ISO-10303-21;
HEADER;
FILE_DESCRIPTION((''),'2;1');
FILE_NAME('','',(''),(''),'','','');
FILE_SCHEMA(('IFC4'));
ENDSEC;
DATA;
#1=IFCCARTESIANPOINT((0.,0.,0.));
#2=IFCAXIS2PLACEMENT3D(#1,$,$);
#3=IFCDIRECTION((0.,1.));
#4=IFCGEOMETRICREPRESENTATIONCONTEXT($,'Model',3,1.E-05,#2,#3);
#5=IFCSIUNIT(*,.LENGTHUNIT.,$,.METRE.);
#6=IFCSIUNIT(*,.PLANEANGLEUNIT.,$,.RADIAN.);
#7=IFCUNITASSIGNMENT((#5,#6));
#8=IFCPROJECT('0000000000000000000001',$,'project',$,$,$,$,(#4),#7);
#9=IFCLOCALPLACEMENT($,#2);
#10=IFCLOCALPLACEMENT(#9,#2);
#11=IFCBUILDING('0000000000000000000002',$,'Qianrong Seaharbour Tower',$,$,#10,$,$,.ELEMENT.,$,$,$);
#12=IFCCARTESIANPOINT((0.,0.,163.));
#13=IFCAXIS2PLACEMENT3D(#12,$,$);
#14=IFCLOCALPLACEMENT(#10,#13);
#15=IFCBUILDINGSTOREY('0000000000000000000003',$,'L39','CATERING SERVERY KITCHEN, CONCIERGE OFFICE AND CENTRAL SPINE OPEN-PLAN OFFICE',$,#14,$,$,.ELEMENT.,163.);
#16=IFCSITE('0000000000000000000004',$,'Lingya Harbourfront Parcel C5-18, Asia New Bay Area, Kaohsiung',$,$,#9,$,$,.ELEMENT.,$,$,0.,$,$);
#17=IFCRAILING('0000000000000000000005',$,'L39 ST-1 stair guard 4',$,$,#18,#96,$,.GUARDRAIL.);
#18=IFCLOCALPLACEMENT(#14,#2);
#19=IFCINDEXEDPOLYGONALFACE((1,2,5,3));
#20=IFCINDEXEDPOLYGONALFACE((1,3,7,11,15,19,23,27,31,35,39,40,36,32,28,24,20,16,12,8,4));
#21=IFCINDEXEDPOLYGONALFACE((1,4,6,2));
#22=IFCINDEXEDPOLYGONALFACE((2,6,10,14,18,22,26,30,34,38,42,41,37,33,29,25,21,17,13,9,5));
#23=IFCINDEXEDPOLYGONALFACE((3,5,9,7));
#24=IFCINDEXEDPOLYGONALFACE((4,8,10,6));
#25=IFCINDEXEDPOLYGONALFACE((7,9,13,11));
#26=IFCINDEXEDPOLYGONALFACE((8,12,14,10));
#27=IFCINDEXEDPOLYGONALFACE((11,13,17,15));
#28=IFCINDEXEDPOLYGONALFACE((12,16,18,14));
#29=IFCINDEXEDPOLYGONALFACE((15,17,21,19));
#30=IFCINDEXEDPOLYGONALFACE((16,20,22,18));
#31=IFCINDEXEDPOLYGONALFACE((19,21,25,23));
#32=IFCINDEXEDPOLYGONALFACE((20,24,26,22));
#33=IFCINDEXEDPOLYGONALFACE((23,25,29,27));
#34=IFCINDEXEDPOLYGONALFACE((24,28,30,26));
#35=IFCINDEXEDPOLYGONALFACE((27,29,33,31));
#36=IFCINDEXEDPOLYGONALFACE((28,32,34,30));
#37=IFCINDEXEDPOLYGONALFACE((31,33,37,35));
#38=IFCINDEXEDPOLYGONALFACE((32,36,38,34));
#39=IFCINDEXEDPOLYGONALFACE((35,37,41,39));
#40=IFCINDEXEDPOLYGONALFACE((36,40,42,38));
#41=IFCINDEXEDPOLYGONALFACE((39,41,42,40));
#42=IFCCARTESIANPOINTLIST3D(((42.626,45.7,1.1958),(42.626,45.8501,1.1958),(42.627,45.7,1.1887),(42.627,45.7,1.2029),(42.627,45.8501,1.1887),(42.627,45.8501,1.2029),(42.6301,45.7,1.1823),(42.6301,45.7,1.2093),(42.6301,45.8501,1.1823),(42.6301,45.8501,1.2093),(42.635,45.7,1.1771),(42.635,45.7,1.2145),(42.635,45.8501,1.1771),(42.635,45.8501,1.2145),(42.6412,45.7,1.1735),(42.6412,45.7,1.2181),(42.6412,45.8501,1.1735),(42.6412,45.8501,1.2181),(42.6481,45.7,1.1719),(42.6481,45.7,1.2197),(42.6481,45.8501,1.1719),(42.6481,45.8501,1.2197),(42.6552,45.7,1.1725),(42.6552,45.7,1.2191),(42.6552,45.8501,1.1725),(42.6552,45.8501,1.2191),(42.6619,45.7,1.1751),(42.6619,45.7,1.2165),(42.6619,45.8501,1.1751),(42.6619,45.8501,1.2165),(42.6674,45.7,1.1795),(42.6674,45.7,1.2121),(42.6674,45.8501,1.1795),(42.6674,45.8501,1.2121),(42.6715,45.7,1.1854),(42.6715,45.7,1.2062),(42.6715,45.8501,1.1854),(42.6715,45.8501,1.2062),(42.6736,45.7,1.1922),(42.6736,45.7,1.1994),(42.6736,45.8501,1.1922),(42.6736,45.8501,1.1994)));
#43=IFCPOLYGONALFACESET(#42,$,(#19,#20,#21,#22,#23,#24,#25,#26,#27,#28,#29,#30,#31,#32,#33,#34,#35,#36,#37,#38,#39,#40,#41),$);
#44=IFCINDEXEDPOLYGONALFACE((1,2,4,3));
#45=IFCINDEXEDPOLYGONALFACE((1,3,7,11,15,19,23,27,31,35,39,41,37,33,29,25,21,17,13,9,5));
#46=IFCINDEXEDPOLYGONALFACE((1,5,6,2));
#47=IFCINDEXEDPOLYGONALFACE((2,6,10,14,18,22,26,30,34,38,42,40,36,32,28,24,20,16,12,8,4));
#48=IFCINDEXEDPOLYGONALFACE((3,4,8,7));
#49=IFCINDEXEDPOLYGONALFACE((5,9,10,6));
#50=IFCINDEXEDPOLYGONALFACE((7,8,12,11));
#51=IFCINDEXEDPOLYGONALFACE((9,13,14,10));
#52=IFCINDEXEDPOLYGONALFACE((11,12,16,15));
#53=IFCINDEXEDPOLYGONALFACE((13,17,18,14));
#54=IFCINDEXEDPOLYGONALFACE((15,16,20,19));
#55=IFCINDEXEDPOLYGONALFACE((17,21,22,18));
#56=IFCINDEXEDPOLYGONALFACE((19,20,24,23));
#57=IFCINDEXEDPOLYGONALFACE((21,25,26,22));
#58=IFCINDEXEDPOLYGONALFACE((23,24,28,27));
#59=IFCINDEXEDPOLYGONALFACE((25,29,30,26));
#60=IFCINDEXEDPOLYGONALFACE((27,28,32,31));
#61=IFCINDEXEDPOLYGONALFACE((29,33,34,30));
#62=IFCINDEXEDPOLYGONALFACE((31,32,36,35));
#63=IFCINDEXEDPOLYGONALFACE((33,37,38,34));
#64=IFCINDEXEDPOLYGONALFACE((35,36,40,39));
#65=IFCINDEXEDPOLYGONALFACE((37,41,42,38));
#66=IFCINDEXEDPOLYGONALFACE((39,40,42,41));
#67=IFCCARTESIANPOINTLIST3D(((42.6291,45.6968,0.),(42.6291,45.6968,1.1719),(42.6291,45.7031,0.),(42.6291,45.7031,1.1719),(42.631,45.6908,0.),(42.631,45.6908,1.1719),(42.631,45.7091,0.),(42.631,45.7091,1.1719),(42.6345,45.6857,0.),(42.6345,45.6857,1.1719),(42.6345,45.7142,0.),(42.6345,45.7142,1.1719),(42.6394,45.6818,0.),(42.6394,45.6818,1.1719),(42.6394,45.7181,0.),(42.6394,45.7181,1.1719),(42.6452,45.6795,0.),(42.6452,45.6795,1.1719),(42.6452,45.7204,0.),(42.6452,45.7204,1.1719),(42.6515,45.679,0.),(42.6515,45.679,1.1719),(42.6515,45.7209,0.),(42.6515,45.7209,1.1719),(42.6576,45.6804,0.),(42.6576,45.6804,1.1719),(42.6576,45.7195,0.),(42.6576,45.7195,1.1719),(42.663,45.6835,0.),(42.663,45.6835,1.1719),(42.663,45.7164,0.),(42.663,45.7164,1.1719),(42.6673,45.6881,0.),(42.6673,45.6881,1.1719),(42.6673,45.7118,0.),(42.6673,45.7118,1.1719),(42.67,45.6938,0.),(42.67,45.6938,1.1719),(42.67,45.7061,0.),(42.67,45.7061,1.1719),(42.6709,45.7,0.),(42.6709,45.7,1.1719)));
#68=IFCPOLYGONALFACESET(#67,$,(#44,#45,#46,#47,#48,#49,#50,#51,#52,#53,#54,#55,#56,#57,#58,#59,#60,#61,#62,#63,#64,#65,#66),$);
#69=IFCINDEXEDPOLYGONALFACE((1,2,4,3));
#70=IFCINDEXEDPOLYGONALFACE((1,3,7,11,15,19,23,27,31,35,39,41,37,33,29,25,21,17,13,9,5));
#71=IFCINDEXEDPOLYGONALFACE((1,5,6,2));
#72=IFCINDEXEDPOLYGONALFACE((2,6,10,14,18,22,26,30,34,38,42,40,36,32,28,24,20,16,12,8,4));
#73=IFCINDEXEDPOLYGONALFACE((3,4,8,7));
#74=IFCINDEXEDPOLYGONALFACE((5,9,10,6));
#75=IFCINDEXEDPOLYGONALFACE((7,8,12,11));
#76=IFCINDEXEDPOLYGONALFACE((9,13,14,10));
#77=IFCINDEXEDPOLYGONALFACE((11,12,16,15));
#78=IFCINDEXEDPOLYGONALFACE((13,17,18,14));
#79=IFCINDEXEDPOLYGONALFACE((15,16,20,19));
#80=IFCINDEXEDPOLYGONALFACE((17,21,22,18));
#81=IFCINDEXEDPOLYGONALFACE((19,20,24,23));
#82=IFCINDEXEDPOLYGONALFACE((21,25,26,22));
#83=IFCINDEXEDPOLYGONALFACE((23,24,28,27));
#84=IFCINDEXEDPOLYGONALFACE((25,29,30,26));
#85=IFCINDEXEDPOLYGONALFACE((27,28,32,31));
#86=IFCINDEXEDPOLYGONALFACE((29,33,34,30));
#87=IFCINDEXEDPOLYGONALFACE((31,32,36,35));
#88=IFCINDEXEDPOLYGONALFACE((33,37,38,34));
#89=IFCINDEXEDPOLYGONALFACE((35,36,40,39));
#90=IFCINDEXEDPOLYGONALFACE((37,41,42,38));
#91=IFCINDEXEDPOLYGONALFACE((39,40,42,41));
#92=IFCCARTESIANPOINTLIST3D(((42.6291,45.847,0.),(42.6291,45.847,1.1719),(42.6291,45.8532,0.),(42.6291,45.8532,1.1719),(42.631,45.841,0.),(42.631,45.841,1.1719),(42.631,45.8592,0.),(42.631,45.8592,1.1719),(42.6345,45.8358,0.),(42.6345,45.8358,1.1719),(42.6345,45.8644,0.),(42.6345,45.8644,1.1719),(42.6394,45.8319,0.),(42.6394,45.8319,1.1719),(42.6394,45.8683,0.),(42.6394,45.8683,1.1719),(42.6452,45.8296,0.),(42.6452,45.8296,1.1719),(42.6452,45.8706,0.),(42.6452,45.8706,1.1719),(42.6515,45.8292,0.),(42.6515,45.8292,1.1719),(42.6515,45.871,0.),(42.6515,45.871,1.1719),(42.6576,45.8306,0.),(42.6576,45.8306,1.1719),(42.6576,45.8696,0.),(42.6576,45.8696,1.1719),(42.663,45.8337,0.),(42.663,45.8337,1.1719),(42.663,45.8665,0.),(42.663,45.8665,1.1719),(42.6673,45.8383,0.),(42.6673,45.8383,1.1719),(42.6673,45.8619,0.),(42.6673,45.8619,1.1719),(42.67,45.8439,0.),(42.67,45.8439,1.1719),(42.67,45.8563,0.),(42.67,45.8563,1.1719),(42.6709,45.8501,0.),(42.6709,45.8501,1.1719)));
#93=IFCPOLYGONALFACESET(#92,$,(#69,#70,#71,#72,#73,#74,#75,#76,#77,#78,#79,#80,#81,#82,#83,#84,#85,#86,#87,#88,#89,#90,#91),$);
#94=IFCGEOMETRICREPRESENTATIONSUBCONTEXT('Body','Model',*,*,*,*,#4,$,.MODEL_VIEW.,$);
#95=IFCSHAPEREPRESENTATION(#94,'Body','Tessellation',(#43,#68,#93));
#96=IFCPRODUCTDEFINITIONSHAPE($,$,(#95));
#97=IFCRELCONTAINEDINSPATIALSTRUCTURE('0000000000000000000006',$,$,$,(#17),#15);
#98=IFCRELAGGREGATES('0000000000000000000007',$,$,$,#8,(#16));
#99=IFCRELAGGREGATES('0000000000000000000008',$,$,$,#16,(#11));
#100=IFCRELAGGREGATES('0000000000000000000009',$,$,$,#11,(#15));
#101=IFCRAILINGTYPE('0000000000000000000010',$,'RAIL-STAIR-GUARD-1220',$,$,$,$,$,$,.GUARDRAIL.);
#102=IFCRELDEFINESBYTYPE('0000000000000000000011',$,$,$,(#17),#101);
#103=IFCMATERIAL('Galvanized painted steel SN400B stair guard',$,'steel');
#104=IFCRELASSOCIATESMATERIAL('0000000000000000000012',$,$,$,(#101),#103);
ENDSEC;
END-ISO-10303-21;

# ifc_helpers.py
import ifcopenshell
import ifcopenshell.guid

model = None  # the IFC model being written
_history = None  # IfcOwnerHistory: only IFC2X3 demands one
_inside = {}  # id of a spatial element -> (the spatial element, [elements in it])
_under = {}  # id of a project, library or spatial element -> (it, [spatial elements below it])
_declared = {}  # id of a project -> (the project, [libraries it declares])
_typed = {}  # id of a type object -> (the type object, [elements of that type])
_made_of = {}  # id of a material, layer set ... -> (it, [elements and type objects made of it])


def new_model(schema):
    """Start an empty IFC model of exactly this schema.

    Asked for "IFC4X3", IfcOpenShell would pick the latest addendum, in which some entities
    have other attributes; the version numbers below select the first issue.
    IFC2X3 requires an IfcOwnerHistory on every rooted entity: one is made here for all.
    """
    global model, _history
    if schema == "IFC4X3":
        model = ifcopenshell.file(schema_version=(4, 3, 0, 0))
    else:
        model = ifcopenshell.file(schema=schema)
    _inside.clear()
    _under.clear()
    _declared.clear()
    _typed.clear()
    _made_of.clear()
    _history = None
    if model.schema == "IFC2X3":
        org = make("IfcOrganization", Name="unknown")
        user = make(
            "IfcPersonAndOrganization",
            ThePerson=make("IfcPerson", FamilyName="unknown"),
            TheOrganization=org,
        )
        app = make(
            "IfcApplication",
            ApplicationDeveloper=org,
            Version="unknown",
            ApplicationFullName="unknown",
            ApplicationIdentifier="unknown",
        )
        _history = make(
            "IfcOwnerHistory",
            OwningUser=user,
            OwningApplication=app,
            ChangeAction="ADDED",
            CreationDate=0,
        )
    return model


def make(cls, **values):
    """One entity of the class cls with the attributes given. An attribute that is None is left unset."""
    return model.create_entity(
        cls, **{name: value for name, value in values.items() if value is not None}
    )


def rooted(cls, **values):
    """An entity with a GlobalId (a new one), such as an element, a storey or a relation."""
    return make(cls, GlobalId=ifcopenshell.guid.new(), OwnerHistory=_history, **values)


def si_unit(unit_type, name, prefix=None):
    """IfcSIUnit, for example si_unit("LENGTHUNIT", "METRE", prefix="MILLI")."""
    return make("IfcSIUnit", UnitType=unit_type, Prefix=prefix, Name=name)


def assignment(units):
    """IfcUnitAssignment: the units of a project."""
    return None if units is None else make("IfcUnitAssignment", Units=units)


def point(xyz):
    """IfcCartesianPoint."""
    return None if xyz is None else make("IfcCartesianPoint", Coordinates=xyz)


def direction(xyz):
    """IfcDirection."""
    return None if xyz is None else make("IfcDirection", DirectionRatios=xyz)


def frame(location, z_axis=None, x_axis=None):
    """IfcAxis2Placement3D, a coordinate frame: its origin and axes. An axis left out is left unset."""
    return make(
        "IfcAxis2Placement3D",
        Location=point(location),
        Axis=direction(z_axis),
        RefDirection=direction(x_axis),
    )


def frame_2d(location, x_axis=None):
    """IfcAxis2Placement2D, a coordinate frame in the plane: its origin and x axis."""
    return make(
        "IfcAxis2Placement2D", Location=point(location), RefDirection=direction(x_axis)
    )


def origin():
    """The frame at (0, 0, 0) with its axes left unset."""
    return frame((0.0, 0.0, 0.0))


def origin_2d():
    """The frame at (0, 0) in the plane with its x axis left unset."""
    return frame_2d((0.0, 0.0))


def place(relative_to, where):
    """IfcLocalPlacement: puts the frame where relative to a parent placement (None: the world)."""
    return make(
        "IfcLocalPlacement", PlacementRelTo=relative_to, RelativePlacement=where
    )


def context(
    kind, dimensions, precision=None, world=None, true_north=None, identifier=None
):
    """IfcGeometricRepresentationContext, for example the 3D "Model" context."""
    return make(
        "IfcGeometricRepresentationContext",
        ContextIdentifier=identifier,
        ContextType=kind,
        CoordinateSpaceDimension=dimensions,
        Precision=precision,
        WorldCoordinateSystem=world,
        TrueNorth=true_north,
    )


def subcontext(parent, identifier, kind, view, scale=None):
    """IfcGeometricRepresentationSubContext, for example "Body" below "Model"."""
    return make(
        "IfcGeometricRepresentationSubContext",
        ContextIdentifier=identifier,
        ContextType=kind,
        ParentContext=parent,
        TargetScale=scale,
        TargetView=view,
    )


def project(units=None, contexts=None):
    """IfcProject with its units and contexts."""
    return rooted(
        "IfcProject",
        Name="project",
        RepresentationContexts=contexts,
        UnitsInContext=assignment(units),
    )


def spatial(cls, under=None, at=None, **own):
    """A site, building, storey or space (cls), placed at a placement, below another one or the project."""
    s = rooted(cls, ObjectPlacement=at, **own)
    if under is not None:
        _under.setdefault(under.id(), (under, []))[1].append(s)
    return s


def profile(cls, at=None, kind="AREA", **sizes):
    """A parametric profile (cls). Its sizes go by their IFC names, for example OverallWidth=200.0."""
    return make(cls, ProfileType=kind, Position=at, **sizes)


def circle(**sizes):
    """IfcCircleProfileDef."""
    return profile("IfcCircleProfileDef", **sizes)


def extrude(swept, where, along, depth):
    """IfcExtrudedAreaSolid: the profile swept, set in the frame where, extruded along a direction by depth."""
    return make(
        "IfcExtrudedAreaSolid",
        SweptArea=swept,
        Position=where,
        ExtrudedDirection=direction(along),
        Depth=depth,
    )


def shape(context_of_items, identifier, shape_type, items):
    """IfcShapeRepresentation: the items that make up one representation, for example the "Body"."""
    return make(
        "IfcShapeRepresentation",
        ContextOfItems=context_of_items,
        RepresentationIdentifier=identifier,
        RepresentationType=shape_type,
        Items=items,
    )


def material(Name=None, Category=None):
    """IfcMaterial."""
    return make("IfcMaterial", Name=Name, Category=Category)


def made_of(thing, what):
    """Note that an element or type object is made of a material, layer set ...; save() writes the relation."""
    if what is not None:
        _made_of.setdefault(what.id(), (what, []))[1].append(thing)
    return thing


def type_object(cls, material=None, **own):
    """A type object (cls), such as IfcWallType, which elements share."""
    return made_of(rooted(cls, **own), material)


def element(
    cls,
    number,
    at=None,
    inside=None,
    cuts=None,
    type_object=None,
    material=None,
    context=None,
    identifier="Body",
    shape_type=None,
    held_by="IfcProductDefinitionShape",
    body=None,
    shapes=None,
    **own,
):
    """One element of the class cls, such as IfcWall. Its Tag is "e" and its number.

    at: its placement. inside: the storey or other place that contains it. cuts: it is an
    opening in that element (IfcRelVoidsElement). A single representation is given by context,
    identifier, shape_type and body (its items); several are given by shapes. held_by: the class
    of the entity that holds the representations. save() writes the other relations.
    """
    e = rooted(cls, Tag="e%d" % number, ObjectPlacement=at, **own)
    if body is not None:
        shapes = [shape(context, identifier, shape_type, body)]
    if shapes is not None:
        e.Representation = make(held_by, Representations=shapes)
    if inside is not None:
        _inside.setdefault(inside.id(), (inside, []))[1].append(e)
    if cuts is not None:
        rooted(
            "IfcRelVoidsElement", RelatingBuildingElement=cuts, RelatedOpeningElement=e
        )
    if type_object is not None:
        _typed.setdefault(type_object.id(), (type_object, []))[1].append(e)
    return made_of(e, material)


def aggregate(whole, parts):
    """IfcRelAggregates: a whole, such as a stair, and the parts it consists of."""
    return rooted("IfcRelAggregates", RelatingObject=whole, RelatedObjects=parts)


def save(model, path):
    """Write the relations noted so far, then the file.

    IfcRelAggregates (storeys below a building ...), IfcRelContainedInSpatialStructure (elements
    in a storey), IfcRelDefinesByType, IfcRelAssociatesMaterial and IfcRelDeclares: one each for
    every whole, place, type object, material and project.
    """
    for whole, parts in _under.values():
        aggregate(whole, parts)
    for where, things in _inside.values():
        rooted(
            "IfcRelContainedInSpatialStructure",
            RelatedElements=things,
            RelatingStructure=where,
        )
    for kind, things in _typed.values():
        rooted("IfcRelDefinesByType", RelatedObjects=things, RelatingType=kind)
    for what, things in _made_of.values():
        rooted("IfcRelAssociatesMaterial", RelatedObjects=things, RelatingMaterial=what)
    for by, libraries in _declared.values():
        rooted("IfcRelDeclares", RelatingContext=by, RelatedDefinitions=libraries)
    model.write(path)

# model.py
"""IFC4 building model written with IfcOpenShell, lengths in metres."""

from ifc_helpers import new_model, si_unit, direction, frame, origin, origin_2d, place, context, subcontext, project, spatial, circle, extrude, material, type_object, element, save


model = new_model("IFC4")

# Units and contexts
model_context = context("Model", 3, precision=1e-05, world=origin(), true_north=direction((0.0, 1.0)))
body_context = subcontext(model_context, "Body", "Model", "MODEL_VIEW")
ifc_project = project(units=[si_unit("LENGTHUNIT", "METRE"), si_unit("PLANEANGLEUNIT", "RADIAN")], contexts=[model_context])

# Site, building, storey
site_placement = place(None, origin())
site = spatial("IfcSite", under=ifc_project, at=site_placement, Name="Lingya Harbourfront Parcel C5-18, Asia New Bay Area, Kaohsiung", CompositionType="ELEMENT", RefElevation=0.0)
building_placement = place(site_placement, origin())
building = spatial("IfcBuilding", under=site, at=building_placement, Name="Qianrong Seaharbour Tower", CompositionType="ELEMENT")
storey_placement = place(building_placement, frame((0.0, 0.0, 163.0)))
storey = spatial("IfcBuildingStorey", under=building, at=storey_placement, Name="L39", Description="CATERING SERVERY KITCHEN, CONCIERGE OFFICE AND CENTRAL SPINE OPEN-PLAN OFFICE", CompositionType="ELEMENT", Elevation=163.0)

# Railing
ifc_material_1 = material(Name="Galvanized painted steel SN400B stair guard", Category="steel")
railing_type = type_object("IfcRailingType", Name="RAIL-STAIR-GUARD-1220", PredefinedType="GUARDRAIL", material=ifc_material_1)
railing_1_placement = place(storey_placement, frame((42.6499, 45.7, 0.0)))
element("IfcRailing", 1, at=railing_1_placement, inside=storey, type_object=railing_type, Name="L39 ST-1 stair guard 4", PredefinedType="GUARDRAIL", context=body_context, shape_type="SweptSolid", body=[
    extrude(circle(Radius=0.0239, at=origin_2d()), frame((0.0, 0.0, 1.1958), z_axis=(0.0, 1.0, 0.0), x_axis=(-1.0, 0.0, 0.0)), (0.0, 0.0, 1.0), 0.1501),
    extrude(circle(Radius=0.021, at=origin_2d()), origin(), (0.0, 0.0, 1.0), 1.1719),
    extrude(circle(Radius=0.021, at=origin_2d()), frame((0.0, 0.1501, 0.0)), (0.0, 0.0, 1.0), 1.1719),
])

save(model, "model.ifc")
